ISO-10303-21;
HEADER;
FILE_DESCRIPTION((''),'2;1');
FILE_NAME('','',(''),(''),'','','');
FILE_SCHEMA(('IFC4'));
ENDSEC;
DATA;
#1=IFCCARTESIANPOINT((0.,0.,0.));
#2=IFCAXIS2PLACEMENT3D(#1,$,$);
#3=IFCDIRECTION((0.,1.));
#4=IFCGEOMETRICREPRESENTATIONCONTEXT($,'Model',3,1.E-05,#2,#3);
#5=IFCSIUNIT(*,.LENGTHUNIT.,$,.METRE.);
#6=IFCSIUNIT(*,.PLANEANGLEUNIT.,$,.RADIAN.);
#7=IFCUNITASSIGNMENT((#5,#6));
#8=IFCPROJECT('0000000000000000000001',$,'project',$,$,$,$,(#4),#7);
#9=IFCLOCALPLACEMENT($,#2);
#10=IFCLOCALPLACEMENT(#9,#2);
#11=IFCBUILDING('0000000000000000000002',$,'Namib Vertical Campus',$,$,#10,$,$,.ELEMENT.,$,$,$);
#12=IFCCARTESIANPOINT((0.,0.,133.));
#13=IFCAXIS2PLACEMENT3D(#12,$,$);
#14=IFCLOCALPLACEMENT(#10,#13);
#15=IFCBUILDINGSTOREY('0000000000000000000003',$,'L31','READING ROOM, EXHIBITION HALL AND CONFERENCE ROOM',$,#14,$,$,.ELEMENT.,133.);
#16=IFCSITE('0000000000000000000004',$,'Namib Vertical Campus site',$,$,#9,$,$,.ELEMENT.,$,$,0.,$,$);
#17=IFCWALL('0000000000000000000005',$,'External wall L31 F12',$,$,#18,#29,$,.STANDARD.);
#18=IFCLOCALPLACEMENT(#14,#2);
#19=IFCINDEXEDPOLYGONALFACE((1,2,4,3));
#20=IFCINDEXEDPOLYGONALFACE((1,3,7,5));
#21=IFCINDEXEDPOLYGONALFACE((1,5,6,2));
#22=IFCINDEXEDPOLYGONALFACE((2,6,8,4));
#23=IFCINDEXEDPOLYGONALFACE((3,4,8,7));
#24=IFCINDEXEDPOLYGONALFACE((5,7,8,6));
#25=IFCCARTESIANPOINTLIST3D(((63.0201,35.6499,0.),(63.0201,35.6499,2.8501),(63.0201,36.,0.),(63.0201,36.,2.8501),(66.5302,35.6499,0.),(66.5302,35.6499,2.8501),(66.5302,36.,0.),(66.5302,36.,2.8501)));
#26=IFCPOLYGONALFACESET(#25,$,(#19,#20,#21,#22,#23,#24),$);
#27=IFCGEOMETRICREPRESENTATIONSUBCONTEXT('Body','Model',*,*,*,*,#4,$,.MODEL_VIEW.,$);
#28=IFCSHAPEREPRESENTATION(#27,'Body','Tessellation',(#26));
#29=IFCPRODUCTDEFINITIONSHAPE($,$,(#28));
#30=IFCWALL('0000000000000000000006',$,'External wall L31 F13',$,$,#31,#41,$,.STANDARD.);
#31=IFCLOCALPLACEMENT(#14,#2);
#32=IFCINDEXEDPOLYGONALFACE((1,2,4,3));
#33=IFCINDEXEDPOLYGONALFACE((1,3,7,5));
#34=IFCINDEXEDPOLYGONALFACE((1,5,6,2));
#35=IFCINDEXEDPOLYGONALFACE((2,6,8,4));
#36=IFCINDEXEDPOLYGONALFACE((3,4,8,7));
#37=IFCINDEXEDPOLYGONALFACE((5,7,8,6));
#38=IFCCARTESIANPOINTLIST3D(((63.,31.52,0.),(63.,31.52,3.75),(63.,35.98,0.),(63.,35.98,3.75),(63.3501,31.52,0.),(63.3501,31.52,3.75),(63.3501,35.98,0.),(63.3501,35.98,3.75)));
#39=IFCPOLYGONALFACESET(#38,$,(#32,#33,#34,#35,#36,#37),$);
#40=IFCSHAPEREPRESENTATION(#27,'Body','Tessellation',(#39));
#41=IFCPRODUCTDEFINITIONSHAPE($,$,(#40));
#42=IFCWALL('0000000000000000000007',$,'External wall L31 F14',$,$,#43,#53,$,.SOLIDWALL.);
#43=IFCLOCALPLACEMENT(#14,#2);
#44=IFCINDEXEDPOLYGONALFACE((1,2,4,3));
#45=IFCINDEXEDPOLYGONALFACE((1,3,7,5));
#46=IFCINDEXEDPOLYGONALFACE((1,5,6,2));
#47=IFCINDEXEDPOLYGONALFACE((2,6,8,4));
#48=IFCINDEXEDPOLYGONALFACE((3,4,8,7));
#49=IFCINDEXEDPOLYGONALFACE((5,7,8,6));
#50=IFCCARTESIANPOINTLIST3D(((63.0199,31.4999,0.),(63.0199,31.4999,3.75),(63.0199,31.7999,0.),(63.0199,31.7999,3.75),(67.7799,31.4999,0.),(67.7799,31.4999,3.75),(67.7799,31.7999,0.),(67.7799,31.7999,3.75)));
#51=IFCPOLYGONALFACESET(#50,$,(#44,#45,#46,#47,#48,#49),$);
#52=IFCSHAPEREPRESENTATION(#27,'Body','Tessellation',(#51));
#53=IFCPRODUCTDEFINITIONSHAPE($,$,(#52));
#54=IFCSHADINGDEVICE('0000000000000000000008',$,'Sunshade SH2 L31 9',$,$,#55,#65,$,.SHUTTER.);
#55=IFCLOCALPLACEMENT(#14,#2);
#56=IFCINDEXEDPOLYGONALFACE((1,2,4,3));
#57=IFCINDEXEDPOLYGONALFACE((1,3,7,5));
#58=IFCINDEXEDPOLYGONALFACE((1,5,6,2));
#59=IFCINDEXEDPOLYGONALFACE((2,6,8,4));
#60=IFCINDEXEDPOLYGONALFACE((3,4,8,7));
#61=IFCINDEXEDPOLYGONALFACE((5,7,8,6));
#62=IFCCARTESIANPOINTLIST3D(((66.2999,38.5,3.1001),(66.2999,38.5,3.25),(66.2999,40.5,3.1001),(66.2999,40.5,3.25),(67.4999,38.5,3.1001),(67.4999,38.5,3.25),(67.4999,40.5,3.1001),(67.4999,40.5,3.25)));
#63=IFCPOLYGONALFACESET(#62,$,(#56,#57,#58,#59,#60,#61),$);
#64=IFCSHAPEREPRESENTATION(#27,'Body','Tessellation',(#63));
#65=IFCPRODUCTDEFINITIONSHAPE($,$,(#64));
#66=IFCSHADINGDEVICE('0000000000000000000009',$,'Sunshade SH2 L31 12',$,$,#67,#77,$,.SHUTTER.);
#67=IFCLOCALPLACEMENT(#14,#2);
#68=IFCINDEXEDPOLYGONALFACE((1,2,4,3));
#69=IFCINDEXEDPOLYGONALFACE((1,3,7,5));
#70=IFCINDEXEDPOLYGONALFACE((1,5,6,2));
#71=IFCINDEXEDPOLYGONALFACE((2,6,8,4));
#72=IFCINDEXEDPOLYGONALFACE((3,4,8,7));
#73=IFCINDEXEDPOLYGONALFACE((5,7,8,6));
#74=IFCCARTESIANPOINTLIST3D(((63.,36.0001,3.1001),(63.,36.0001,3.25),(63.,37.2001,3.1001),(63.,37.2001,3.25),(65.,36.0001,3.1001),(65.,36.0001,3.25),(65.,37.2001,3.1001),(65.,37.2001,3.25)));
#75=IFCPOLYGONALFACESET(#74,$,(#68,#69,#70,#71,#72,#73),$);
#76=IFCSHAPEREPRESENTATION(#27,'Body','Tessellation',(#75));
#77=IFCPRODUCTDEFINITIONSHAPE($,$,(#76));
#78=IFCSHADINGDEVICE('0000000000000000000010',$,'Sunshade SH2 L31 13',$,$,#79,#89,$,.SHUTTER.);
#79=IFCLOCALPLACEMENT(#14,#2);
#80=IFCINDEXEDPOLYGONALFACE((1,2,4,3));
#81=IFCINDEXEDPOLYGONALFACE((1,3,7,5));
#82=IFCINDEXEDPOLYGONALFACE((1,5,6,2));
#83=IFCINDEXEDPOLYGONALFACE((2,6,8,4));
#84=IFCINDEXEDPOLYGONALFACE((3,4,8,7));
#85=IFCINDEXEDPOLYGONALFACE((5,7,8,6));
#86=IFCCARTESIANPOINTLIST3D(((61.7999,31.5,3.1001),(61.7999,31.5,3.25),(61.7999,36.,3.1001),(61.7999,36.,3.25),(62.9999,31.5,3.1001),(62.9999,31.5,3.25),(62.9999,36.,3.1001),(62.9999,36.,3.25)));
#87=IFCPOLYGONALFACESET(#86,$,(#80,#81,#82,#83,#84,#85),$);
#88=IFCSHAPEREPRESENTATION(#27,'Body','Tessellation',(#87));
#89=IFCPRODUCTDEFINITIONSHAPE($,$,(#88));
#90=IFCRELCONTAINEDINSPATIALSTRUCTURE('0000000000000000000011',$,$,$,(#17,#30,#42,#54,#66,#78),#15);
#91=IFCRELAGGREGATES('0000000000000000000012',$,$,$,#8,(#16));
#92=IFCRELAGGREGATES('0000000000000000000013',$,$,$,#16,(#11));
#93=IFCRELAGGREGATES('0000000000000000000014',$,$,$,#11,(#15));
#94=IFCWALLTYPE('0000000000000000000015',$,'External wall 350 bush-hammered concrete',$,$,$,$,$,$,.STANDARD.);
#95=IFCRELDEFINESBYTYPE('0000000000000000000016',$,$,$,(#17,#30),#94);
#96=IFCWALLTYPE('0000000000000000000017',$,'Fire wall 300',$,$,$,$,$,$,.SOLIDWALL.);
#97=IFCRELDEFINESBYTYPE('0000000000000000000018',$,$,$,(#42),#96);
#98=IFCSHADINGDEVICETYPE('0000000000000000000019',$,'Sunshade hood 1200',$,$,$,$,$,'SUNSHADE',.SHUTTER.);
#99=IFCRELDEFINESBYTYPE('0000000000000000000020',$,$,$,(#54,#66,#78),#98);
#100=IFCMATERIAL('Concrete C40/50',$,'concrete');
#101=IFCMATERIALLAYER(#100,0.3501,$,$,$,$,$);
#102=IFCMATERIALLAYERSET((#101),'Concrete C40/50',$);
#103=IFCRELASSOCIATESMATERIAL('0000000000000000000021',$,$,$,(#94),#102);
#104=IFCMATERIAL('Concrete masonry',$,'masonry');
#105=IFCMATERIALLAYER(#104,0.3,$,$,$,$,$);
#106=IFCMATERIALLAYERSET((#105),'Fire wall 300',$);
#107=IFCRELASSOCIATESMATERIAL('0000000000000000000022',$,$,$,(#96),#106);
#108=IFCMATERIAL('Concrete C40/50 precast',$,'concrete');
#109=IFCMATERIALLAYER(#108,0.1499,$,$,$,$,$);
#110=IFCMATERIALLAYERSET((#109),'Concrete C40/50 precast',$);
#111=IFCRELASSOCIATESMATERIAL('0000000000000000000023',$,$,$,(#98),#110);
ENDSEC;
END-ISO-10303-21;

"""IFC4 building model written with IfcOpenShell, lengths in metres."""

from ifc_helpers import new_model, si_unit, direction, frame, frame_2d, origin, origin_2d, place, context, subcontext, project, spatial, rectangle, extrude, material, layer, layer_set, type_object, element, save


model = new_model("IFC4")

# Units and contexts
model_context = context("Model", 3, precision=1e-05, world=origin(), true_north=direction((0.0, 1.0)))
body_context = subcontext(model_context, "Body", "Model", "MODEL_VIEW")
ifc_project = project(units=[si_unit("LENGTHUNIT", "METRE"), si_unit("PLANEANGLEUNIT", "RADIAN")], contexts=[model_context])

# Site, building, storey
site_placement = place(None, origin())
site = spatial("IfcSite", under=ifc_project, at=site_placement, Name="Namib Vertical Campus site", CompositionType="ELEMENT", RefElevation=0.0)
building_placement = place(site_placement, origin())
building = spatial("IfcBuilding", under=site, at=building_placement, Name="Namib Vertical Campus", CompositionType="ELEMENT")
storey_placement = place(building_placement, frame((0.0, 0.0, 133.0)))
storey = spatial("IfcBuildingStorey", under=building, at=storey_placement, Name="L31", Description="READING ROOM, EXHIBITION HALL AND CONFERENCE ROOM", CompositionType="ELEMENT", Elevation=133.0)

# Walls
ifc_material_1 = material(Name="Concrete C40/50", Category="concrete")
ifc_layer_1 = layer(ifc_material_1, 0.3501)
ifc_layer_set_1 = layer_set([ifc_layer_1], Name="Concrete C40/50")
wall_type_1 = type_object("IfcWallType", Name="External wall 350 bush-hammered concrete", PredefinedType="STANDARD", material=ifc_layer_set_1)
wall_1_placement = place(storey_placement, frame((66.53, 35.825, 0.0), z_axis=(0.0, 0.0, 1.0), x_axis=(-1.0, 0.0, 0.0)))
element("IfcWall", 1, at=wall_1_placement, inside=storey, type_object=wall_type_1, Name="External wall L31 F12", PredefinedType="STANDARD", context=body_context, shape_type="SweptSolid", body=[
    extrude(rectangle(XDim=3.51, YDim=0.3501, at=frame_2d((1.7549, 0.0))), origin(), (0.0, 0.0, 1.0), 2.8501),
])
wall_2_placement = place(storey_placement, frame((63.175, 35.98, 0.0), z_axis=(0.0, 0.0, 1.0), x_axis=(0.0, -1.0, 0.0)))
element("IfcWall", 2, at=wall_2_placement, inside=storey, type_object=wall_type_1, Name="External wall L31 F13", PredefinedType="STANDARD", context=body_context, shape_type="SweptSolid", body=[
    extrude(rectangle(XDim=4.46, YDim=0.3501, at=frame_2d((2.23, 0.0))), origin(), (0.0, 0.0, 1.0), 3.75),
])
ifc_material_2 = material(Name="Concrete masonry", Category="masonry")
ifc_layer_2 = layer(ifc_material_2, 0.3)
ifc_layer_set_2 = layer_set([ifc_layer_2], Name="Fire wall 300")
wall_type_2 = type_object("IfcWallType", Name="Fire wall 300", PredefinedType="SOLIDWALL", material=ifc_layer_set_2)
wall_3_placement = place(storey_placement, frame((63.02, 31.6499, 0.0), z_axis=(0.0, 0.0, 1.0), x_axis=(1.0, 0.0, 0.0)))
element("IfcWall", 3, at=wall_3_placement, inside=storey, type_object=wall_type_2, Name="External wall L31 F14", PredefinedType="SOLIDWALL", context=body_context, shape_type="SweptSolid", body=[
    extrude(rectangle(XDim=4.76, YDim=0.3, at=frame_2d((2.3799, 0.0))), origin(), (0.0, 0.0, 1.0), 3.75),
])

# Shading devices
ifc_material_3 = material(Name="Concrete C40/50 precast", Category="concrete")
ifc_layer_3 = layer(ifc_material_3, 0.1499)
ifc_layer_set_3 = layer_set([ifc_layer_3], Name="Concrete C40/50 precast")
shading_device_type = type_object("IfcShadingDeviceType", Name="Sunshade hood 1200", ElementType="SUNSHADE", PredefinedType="SHUTTER", material=ifc_layer_set_3)
for number, where, z_axis, x_axis, name in (
    (4, (66.8999, 39.5, 3.1001), (0.0, 0.0, 1.0), (0.0, -1.0, 0.0), "Sunshade SH2 L31 9"),
    (5, (64.0, 36.6001, 3.1001), (0.0, 0.0, 1.0), (-1.0, 0.0, 0.0), "Sunshade SH2 L31 12"),
):
    element("IfcShadingDevice", number, at=place(storey_placement, frame(where, z_axis=z_axis, x_axis=x_axis)), inside=storey, type_object=shading_device_type, Name=name, PredefinedType="SHUTTER", context=body_context, shape_type="SweptSolid", body=[
        extrude(rectangle(XDim=2.0, YDim=1.2, at=origin_2d()), origin(), (0.0, 0.0, 1.0), 0.1499),
    ])
shading_device_placement = place(storey_placement, frame((62.3999, 33.75, 3.1001), z_axis=(0.0, 0.0, 1.0), x_axis=(0.0, -1.0, 0.0)))
element("IfcShadingDevice", 6, at=shading_device_placement, inside=storey, type_object=shading_device_type, Name="Sunshade SH2 L31 13", PredefinedType="SHUTTER", context=body_context, shape_type="SweptSolid", body=[
    extrude(rectangle(XDim=4.5, YDim=1.2, at=origin_2d()), origin(), (0.0, 0.0, 1.0), 0.1499),
])

save(model, "model.ifc")
